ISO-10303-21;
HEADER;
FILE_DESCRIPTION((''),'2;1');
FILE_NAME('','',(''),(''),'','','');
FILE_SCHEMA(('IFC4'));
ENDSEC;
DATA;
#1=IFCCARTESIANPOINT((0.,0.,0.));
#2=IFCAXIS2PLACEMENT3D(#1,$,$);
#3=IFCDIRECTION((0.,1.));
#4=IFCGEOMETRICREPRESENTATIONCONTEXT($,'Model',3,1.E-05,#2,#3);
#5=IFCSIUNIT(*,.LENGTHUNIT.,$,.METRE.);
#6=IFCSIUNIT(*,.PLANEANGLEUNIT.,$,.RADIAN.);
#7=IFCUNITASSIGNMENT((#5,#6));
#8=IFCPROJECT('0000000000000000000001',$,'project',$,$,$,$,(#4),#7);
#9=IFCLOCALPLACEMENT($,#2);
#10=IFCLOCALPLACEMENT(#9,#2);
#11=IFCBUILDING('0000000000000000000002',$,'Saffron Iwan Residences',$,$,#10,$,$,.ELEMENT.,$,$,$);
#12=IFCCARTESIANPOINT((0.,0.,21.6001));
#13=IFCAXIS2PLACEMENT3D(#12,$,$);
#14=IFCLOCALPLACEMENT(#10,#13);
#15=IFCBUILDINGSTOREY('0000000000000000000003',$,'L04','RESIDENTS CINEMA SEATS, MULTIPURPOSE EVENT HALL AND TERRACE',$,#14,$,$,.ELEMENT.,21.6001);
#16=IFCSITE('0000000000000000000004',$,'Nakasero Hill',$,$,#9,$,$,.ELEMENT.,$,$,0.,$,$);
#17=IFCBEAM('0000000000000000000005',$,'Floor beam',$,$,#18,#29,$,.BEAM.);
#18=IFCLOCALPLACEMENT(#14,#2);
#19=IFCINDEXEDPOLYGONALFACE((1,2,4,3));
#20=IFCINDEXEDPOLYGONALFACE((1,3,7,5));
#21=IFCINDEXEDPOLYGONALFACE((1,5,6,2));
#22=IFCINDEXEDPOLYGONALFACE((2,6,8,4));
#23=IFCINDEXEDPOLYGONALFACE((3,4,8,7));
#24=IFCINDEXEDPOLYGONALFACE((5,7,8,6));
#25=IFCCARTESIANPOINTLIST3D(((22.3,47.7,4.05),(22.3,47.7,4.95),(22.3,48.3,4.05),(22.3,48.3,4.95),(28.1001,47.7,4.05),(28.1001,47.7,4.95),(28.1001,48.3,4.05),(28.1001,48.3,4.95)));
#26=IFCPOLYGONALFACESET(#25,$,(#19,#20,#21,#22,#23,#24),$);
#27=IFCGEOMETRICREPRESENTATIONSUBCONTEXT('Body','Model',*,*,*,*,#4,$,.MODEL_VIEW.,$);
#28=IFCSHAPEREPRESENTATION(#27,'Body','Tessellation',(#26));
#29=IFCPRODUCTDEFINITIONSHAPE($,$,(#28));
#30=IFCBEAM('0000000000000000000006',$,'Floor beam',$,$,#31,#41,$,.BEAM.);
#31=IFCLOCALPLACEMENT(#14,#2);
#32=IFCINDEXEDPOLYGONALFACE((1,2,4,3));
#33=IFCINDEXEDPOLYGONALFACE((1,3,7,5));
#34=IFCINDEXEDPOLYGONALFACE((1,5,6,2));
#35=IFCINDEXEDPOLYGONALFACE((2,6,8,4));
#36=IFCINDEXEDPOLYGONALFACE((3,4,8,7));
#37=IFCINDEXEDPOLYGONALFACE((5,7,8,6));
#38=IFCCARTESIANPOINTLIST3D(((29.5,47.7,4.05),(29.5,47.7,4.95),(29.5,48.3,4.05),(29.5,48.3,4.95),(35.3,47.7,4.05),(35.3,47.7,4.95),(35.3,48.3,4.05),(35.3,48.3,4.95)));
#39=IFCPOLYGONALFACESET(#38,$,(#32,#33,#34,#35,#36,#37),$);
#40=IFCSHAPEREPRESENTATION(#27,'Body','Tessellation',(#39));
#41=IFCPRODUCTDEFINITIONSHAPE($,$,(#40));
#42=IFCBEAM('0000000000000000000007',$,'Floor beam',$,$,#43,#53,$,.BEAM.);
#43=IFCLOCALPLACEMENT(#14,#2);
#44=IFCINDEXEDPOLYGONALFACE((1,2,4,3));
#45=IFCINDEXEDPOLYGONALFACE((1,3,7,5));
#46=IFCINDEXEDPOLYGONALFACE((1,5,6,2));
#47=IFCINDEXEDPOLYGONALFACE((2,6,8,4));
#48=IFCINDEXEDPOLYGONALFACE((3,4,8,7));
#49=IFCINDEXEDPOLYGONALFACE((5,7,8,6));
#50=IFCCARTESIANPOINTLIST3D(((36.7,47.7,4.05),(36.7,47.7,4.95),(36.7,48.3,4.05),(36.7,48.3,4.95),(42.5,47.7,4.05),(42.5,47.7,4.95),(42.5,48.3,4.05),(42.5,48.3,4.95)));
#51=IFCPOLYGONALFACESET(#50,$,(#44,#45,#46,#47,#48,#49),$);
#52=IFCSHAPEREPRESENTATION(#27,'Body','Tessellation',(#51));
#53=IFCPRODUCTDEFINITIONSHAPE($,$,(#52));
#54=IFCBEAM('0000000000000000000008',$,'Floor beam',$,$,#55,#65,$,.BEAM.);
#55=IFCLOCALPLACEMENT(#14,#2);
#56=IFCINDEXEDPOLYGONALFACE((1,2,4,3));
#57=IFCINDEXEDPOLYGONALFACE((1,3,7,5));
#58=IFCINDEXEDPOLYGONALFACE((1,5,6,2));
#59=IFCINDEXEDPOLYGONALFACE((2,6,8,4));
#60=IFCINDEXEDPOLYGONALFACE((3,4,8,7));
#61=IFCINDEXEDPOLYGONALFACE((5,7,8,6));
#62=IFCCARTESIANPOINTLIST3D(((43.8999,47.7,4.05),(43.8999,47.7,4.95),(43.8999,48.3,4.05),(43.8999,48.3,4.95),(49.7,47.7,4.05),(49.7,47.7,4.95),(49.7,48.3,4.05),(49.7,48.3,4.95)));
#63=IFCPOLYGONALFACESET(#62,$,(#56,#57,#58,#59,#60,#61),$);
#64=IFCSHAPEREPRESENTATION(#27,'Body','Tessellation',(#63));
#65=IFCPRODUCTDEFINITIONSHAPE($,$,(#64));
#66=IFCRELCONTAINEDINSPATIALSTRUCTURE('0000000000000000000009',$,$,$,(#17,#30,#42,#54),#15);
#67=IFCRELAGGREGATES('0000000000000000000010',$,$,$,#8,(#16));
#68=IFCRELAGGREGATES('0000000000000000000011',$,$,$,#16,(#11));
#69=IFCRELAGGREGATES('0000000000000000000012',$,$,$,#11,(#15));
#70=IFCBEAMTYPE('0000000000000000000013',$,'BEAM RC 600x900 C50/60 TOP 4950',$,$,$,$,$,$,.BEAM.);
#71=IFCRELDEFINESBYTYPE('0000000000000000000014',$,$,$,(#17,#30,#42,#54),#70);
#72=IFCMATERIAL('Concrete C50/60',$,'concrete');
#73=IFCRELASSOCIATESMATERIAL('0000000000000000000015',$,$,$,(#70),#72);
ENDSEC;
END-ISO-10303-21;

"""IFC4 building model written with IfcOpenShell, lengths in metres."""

from ifc_helpers import new_model, si_unit, direction, frame, origin, origin_2d, place, context, subcontext, project, spatial, rectangle, extrude, source, transform, mapped, material, material_profile, profile_set, type_object, element, save


model = new_model("IFC4")

# Units and contexts
model_context = context("Model", 3, precision=1e-05, world=origin(), true_north=direction((0.0, 1.0)))
body_context = subcontext(model_context, "Body", "Model", "MODEL_VIEW")
ifc_project = project(units=[si_unit("LENGTHUNIT", "METRE"), si_unit("PLANEANGLEUNIT", "RADIAN")], contexts=[model_context])

# Site, building, storey
site_placement = place(None, origin())
site = spatial("IfcSite", under=ifc_project, at=site_placement, Name="Nakasero Hill", CompositionType="ELEMENT", RefElevation=0.0)
building_placement = place(site_placement, origin())
building = spatial("IfcBuilding", under=site, at=building_placement, Name="Saffron Iwan Residences", CompositionType="ELEMENT")
storey_placement = place(building_placement, frame((0.0, 0.0, 21.6001)))
storey = spatial("IfcBuildingStorey", under=building, at=storey_placement, Name="L04", Description="RESIDENTS CINEMA SEATS, MULTIPURPOSE EVENT HALL AND TERRACE", CompositionType="ELEMENT", Elevation=21.6001)

# Shared definitions
ifc_material_1 = material(Name="Concrete C50/60", Category="concrete")

# Beams
ifc_material_profile_1 = material_profile(ifc_material_1, rectangle(XDim=0.6001, YDim=0.8999, at=origin_2d()), Name="RC 600x900")
ifc_profile_set_1 = profile_set([ifc_material_profile_1], Name="Concrete C50/60")
beam_type_1 = type_object("IfcBeamType", Name="BEAM RC 600x900 C50/60 TOP 4950", PredefinedType="BEAM", material=ifc_profile_set_1)
shared_shape_1 = source(origin(), body_context, "Body", "SweptSolid", [
    extrude(rectangle(XDim=0.6001, YDim=0.8999, at=origin_2d()), origin(), (0.0, 0.0, 1.0), 5.8),
])
for number, where, z_axis, x_axis, name in (
    (1, (22.3, 48.0, 4.5), (1.0, 0.0, 0.0), (0.0, 1.0, 0.0), "Floor beam"),
    (2, (29.5, 48.0, 4.5), (1.0, 0.0, 0.0), (0.0, 1.0, 0.0), "Floor beam"),
    (3, (36.7, 48.0, 4.5), (1.0, 0.0, 0.0), (0.0, 1.0, 0.0), "Floor beam"),
    (4, (43.8999, 48.0, 4.5), (1.0, 0.0, 0.0), (0.0, 1.0, 0.0), "Floor beam"),
):
    element("IfcBeam", number, at=place(storey_placement, frame(where, z_axis=z_axis, x_axis=x_axis)), inside=storey, type_object=beam_type_1, Name=name, PredefinedType="BEAM", context=body_context, shape_type="MappedRepresentation", body=[
        mapped(shared_shape_1, transform((0.0, 0.0, 0.0))),
    ])

save(model, "model.ifc")
